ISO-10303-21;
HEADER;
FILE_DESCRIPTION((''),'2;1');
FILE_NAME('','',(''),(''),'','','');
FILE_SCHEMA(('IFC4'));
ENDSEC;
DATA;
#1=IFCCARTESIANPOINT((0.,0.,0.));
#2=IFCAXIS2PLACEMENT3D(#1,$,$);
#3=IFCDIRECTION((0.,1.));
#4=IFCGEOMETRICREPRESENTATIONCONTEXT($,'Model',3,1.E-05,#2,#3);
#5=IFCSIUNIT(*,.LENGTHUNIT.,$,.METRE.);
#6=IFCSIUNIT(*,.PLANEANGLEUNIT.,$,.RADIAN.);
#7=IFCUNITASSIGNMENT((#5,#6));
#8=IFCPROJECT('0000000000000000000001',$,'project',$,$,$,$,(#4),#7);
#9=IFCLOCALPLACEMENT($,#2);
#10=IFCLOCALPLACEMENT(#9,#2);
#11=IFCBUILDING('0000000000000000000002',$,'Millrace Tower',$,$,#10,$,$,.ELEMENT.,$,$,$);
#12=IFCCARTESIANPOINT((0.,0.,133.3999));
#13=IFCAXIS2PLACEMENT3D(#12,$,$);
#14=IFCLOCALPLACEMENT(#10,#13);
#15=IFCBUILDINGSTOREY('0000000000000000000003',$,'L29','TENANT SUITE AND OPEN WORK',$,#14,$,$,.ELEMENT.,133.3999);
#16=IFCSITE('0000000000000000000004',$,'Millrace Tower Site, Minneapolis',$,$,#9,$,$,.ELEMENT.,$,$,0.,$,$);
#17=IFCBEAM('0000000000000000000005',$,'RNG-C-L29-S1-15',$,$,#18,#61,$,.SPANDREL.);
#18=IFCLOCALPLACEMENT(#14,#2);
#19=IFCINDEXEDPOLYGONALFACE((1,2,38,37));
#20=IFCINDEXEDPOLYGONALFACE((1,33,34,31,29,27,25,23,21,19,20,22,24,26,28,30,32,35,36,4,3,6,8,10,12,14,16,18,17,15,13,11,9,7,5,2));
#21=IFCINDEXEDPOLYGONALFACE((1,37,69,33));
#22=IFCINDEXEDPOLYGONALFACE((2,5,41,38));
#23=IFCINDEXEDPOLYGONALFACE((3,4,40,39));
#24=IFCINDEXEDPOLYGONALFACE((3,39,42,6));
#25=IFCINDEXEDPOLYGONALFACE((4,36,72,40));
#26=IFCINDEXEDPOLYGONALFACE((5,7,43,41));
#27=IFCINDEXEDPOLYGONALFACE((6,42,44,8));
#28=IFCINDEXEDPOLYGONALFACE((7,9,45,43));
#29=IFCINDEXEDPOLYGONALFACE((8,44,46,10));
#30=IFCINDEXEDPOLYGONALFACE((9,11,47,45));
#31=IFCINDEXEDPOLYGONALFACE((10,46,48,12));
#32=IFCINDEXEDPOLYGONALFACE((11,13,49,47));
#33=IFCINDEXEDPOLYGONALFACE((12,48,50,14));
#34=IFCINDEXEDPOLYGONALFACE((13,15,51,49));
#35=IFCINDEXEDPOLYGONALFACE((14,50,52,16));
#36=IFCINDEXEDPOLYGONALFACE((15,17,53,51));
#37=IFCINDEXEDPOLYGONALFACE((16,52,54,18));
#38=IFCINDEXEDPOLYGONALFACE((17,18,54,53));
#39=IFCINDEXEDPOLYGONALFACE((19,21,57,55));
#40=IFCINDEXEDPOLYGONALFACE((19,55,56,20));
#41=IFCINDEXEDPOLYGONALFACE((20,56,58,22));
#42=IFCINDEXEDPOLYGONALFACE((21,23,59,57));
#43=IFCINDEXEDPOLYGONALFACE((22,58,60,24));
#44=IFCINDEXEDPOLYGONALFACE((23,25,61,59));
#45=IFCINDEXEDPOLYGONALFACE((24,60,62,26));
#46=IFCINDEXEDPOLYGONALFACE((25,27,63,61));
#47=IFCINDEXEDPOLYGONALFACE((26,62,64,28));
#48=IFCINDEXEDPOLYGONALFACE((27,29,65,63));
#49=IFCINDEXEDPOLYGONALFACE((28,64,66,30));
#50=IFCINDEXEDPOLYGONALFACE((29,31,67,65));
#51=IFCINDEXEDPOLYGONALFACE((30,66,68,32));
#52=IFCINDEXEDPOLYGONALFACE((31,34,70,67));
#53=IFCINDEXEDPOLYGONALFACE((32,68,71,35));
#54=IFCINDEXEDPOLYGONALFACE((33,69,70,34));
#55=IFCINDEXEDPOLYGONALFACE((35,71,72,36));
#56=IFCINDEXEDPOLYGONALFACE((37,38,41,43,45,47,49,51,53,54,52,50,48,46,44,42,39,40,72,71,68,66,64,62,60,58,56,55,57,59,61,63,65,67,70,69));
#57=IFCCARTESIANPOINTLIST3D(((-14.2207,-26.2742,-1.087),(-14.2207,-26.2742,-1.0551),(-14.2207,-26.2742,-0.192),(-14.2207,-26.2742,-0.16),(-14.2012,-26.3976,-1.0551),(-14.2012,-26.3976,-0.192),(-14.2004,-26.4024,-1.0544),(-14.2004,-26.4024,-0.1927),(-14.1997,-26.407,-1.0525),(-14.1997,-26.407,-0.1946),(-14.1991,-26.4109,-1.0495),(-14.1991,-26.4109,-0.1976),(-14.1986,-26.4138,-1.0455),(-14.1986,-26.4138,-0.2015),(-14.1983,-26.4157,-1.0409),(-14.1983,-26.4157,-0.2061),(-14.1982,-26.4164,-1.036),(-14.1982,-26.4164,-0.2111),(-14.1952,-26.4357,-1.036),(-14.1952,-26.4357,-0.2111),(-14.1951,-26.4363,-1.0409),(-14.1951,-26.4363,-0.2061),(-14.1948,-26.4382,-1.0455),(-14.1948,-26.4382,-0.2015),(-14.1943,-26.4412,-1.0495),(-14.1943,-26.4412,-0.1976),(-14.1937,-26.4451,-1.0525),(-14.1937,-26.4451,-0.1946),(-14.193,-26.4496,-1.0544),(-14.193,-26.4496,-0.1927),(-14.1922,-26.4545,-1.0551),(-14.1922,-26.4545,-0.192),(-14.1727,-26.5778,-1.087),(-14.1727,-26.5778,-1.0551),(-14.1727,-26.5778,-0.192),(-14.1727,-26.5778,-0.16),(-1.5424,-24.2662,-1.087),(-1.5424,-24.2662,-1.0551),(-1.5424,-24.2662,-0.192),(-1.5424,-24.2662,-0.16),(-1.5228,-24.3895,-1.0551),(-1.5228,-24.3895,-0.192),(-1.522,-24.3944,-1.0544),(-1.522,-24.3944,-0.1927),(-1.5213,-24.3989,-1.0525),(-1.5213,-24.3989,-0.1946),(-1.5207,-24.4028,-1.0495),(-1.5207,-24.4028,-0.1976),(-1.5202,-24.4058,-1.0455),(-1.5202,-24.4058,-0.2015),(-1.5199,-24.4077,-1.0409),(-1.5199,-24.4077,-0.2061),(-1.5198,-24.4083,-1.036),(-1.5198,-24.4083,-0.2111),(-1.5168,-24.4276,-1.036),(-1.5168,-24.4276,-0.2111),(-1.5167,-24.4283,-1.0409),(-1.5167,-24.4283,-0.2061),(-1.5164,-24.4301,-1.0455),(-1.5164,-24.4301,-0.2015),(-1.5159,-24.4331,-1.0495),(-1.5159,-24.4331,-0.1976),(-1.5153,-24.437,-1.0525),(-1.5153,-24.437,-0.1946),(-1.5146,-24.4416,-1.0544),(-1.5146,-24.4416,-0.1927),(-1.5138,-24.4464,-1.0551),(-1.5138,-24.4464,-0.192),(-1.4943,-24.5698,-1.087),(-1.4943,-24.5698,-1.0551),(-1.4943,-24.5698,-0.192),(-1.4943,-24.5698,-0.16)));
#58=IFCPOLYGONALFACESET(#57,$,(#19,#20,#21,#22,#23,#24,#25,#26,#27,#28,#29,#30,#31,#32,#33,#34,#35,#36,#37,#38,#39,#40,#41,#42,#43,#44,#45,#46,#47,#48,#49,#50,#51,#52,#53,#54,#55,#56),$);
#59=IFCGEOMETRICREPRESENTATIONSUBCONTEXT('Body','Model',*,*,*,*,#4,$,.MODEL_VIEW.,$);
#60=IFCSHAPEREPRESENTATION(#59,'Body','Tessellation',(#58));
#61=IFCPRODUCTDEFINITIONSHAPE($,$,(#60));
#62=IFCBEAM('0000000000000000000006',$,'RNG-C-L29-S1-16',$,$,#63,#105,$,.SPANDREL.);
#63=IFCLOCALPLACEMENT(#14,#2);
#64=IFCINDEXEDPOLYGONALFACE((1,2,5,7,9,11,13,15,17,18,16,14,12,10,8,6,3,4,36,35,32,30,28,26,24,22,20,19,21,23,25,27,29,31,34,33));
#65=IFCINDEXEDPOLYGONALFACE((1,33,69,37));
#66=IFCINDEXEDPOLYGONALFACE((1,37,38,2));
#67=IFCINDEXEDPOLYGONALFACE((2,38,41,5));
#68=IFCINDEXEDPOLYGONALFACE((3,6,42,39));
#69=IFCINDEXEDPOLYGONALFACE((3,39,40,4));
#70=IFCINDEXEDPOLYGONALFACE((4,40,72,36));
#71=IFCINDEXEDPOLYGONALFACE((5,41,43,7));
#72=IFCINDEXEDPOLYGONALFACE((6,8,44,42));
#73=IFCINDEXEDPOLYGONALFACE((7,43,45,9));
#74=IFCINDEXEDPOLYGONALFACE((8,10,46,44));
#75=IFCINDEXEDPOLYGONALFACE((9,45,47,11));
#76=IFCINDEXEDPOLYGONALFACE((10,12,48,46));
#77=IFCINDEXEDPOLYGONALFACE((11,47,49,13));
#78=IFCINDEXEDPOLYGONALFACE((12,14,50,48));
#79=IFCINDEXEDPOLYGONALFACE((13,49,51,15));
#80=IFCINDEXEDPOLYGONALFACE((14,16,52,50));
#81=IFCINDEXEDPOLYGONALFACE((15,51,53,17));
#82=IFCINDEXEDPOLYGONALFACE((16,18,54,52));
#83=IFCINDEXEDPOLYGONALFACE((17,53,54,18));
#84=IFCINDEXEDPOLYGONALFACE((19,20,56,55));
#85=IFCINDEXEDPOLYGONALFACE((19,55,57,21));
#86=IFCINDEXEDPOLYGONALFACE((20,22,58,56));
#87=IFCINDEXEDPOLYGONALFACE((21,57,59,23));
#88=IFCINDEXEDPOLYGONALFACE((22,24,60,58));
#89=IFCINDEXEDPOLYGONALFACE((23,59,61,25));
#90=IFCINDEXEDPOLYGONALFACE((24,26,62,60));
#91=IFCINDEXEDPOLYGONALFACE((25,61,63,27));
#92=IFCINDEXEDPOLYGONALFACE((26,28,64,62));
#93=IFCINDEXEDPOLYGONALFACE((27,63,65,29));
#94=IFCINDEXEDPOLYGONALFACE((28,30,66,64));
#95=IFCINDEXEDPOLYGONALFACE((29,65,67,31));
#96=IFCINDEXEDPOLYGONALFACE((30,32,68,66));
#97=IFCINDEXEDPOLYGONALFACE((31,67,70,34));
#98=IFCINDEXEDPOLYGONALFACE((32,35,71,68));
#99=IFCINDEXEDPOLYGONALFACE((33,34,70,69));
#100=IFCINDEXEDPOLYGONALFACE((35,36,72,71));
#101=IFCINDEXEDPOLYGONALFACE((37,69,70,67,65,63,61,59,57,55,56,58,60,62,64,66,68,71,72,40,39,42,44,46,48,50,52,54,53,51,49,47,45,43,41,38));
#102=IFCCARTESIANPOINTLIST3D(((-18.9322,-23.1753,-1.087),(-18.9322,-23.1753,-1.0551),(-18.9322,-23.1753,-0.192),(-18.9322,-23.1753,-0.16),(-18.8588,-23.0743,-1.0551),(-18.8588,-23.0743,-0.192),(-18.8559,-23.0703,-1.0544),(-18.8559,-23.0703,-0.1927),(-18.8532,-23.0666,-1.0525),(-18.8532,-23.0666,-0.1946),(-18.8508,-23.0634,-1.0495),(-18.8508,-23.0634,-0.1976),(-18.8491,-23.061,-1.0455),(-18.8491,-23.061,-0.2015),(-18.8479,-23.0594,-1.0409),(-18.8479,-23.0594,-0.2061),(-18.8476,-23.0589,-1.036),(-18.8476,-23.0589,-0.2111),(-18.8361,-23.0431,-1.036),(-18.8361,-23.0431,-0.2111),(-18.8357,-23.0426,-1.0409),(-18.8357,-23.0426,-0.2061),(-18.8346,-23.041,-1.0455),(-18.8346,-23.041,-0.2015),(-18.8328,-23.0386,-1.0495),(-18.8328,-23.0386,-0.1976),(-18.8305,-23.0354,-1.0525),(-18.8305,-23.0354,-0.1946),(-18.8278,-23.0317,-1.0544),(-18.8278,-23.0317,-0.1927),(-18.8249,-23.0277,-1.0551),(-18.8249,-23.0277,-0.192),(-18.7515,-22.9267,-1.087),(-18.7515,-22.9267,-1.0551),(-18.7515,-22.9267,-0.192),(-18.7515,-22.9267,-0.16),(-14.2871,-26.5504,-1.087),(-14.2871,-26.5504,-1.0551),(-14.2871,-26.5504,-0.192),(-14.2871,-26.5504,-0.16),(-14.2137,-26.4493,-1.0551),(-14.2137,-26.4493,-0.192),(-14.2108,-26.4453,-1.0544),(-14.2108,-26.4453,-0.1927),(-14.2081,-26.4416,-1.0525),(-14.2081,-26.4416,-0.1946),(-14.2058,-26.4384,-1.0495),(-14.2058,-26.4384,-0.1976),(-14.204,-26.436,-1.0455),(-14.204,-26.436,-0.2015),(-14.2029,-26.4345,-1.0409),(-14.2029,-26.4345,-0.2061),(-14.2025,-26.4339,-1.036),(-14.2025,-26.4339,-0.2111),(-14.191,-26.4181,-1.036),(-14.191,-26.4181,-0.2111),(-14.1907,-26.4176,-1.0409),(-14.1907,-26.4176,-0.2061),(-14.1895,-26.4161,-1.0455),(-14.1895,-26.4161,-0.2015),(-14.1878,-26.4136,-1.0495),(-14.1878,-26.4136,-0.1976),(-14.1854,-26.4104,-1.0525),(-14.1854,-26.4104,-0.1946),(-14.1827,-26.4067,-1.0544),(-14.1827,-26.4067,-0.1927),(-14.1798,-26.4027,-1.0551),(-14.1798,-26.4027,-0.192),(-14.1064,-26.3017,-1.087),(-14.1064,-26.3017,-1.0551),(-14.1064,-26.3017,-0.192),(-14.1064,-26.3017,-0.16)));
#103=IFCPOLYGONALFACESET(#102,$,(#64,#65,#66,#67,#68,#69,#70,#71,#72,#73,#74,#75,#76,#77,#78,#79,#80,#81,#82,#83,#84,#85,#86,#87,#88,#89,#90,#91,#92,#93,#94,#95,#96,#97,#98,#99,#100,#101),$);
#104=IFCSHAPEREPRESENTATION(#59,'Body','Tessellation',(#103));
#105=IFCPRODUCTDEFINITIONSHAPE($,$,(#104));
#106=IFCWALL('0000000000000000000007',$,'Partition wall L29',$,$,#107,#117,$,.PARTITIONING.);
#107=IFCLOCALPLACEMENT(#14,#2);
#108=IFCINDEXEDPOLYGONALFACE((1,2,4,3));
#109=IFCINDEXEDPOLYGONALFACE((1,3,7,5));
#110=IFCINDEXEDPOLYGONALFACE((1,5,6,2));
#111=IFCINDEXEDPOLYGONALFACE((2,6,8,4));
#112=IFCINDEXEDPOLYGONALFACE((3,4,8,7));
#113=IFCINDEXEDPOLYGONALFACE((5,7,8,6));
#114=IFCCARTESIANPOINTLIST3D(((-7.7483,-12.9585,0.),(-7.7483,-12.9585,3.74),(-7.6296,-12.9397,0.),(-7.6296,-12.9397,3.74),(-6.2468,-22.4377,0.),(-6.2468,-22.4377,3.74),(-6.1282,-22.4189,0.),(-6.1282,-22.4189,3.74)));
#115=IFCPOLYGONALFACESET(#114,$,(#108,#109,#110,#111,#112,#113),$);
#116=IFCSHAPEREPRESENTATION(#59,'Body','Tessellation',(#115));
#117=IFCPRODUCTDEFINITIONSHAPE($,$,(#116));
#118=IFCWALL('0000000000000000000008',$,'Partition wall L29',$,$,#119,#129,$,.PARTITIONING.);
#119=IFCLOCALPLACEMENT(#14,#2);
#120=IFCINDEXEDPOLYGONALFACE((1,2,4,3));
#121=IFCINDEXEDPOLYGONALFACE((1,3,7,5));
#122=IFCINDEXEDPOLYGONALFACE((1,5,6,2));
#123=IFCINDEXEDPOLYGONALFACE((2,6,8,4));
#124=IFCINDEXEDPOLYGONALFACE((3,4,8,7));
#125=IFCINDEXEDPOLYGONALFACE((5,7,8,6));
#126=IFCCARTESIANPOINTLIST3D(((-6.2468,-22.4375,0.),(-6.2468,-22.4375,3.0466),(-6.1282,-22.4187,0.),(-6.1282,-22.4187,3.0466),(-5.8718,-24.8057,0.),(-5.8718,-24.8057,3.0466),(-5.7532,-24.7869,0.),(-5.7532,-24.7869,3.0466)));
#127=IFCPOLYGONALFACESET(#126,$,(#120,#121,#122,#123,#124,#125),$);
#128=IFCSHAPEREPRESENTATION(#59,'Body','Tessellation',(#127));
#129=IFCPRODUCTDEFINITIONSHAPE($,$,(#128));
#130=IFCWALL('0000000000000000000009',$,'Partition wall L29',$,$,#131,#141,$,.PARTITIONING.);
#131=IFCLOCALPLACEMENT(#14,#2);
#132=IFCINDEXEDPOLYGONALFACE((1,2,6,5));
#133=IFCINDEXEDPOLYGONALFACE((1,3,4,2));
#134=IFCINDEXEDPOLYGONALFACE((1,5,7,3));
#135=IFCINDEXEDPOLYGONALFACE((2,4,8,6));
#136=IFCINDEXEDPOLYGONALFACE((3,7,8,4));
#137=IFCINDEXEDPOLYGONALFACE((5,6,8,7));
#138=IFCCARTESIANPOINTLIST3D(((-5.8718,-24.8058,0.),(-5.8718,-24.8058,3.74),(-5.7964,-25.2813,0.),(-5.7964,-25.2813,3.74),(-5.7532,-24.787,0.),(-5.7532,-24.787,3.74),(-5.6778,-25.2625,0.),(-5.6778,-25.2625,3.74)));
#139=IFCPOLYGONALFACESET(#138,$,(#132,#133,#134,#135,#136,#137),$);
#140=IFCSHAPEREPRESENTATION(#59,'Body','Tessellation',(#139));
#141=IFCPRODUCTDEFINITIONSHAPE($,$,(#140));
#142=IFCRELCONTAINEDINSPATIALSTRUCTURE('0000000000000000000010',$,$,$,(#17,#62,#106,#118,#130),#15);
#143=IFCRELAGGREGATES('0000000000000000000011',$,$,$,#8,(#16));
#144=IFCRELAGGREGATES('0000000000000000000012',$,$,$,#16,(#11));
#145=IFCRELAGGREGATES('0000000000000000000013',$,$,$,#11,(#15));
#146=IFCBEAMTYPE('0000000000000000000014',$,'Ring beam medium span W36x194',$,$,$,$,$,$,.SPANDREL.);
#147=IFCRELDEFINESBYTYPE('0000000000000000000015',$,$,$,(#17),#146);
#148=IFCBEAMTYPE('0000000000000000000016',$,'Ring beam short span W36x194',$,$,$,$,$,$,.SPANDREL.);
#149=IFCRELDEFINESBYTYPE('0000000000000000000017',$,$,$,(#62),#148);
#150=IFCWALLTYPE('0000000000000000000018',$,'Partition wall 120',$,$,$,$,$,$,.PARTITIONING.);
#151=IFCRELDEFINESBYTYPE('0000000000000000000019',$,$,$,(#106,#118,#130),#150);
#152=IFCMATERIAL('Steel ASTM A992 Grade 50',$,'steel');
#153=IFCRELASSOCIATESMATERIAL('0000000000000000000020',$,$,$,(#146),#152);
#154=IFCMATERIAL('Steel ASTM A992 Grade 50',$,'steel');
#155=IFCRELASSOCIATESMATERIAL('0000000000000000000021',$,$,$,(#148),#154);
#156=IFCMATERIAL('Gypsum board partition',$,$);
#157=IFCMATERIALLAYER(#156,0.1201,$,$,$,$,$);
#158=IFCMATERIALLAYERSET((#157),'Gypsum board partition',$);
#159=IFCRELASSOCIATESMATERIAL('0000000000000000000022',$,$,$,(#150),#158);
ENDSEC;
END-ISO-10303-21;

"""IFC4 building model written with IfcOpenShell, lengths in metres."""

from ifc_helpers import new_model, si_unit, direction, frame, frame_2d, origin, origin_2d, place, context, subcontext, project, spatial, rectangle, i_section, extrude, material, layer, layer_set, material_profile, profile_set, type_object, element, save


model = new_model("IFC4")

# Units and contexts
model_context = context("Model", 3, precision=1e-05, world=origin(), true_north=direction((0.0, 1.0)))
body_context = subcontext(model_context, "Body", "Model", "MODEL_VIEW")
ifc_project = project(units=[si_unit("LENGTHUNIT", "METRE"), si_unit("PLANEANGLEUNIT", "RADIAN")], contexts=[model_context])

# Site, building, storey
site_placement = place(None, origin())
site = spatial("IfcSite", under=ifc_project, at=site_placement, Name="Millrace Tower Site, Minneapolis", CompositionType="ELEMENT", RefElevation=0.0)
building_placement = place(site_placement, origin())
building = spatial("IfcBuilding", under=site, at=building_placement, Name="Millrace Tower", CompositionType="ELEMENT")
storey_placement = place(building_placement, frame((0.0, 0.0, 133.3999)))
storey = spatial("IfcBuildingStorey", under=building, at=storey_placement, Name="L29", Description="TENANT SUITE AND OPEN WORK", CompositionType="ELEMENT", Elevation=133.3999)

# Beams
ifc_material_1 = material(Name="Steel ASTM A992 Grade 50", Category="steel")
ifc_material_profile_1 = material_profile(ifc_material_1, i_section(OverallWidth=0.3074, OverallDepth=0.927, WebThickness=0.0195, FlangeThickness=0.032, FilletRadius=0.019, at=origin_2d()))
ifc_profile_set_1 = profile_set([ifc_material_profile_1], Name="Steel ASTM A992 Grade 50")
beam_type_1 = type_object("IfcBeamType", Name="Ring beam medium span W36x194", PredefinedType="SPANDREL", material=ifc_profile_set_1)
beam_1_placement = place(storey_placement, frame((-1.5183, -24.418, -0.6235), z_axis=(-0.987689, -0.156433, 0.0), x_axis=(0.156433, -0.987689, 0.0)))
element("IfcBeam", 1, at=beam_1_placement, inside=storey, type_object=beam_type_1, Name="RNG-C-L29-S1-15", PredefinedType="SPANDREL", context=body_context, shape_type="SweptSolid", body=[
    extrude(i_section(OverallWidth=0.3074, OverallDepth=0.927, WebThickness=0.0195, FlangeThickness=0.032, FilletRadius=0.019, at=origin_2d()), origin(), (0.0, 0.0, 1.0), 12.8364),
])
ifc_material_2 = material(Name="Steel ASTM A992 Grade 50", Category="steel")
ifc_material_profile_2 = material_profile(ifc_material_2, i_section(OverallWidth=0.3074, OverallDepth=0.927, WebThickness=0.0195, FlangeThickness=0.032, FilletRadius=0.019, at=origin_2d()))
ifc_profile_set_2 = profile_set([ifc_material_profile_2], Name="Steel ASTM A992 Grade 50")
beam_type_2 = type_object("IfcBeamType", Name="Ring beam short span W36x194", PredefinedType="SPANDREL", material=ifc_profile_set_2)
beam_2_placement = place(storey_placement, frame((-14.1968, -26.426, -0.6235), z_axis=(-0.809001, 0.587808, 0.0), x_axis=(-0.587808, -0.809001, 0.0)))
element("IfcBeam", 2, at=beam_2_placement, inside=storey, type_object=beam_type_2, Name="RNG-C-L29-S1-16", PredefinedType="SPANDREL", context=body_context, shape_type="SweptSolid", body=[
    extrude(i_section(OverallWidth=0.3074, OverallDepth=0.927, WebThickness=0.0195, FlangeThickness=0.032, FilletRadius=0.019, at=origin_2d()), origin(), (0.0, 0.0, 1.0), 5.7417),
])

# Walls
ifc_material_3 = material(Name="Gypsum board partition")
ifc_layer_1 = layer(ifc_material_3, 0.1201)
ifc_layer_set_1 = layer_set([ifc_layer_1], Name="Gypsum board partition")
wall_type = type_object("IfcWallType", Name="Partition wall 120", PredefinedType="PARTITIONING", material=ifc_layer_set_1)
wall_1_placement = place(storey_placement, frame((-7.689, -12.949, 0.0), z_axis=(0.0, 0.0, 1.0), x_axis=(0.156445, -0.987687, 0.0)))
element("IfcWall", 3, at=wall_1_placement, inside=storey, type_object=wall_type, Name="Partition wall L29", PredefinedType="PARTITIONING", context=body_context, shape_type="SweptSolid", body=[
    extrude(rectangle(XDim=9.5974, YDim=0.1201, at=frame_2d((4.7988, 0.0))), origin(), (0.0, 0.0, 1.0), 3.74),
])
wall_2_placement = place(storey_placement, frame((-6.1875, -22.4282, 0.0), z_axis=(0.0, 0.0, 1.0), x_axis=(0.156402, -0.987694, 0.0)))
element("IfcWall", 4, at=wall_2_placement, inside=storey, type_object=wall_type, Name="Partition wall L29", PredefinedType="PARTITIONING", context=body_context, shape_type="SweptSolid", body=[
    extrude(rectangle(XDim=2.3977, YDim=0.1201, at=frame_2d((1.1987, 0.0))), origin(), (0.0, 0.0, 1.0), 3.0466),
])
wall_3_placement = place(storey_placement, frame((-5.8125, -24.7964, 0.0), z_axis=(0.0, 0.0, 1.0), x_axis=(0.156665, -0.987652, 0.0)))
element("IfcWall", 5, at=wall_3_placement, inside=storey, type_object=wall_type, Name="Partition wall L29", PredefinedType="PARTITIONING", context=body_context, shape_type="SweptSolid", body=[
    extrude(rectangle(XDim=0.4814, YDim=0.1201, at=frame_2d((0.2407, 0.0))), origin(), (0.0, 0.0, 1.0), 3.74),
])

save(model, "model.ifc")
